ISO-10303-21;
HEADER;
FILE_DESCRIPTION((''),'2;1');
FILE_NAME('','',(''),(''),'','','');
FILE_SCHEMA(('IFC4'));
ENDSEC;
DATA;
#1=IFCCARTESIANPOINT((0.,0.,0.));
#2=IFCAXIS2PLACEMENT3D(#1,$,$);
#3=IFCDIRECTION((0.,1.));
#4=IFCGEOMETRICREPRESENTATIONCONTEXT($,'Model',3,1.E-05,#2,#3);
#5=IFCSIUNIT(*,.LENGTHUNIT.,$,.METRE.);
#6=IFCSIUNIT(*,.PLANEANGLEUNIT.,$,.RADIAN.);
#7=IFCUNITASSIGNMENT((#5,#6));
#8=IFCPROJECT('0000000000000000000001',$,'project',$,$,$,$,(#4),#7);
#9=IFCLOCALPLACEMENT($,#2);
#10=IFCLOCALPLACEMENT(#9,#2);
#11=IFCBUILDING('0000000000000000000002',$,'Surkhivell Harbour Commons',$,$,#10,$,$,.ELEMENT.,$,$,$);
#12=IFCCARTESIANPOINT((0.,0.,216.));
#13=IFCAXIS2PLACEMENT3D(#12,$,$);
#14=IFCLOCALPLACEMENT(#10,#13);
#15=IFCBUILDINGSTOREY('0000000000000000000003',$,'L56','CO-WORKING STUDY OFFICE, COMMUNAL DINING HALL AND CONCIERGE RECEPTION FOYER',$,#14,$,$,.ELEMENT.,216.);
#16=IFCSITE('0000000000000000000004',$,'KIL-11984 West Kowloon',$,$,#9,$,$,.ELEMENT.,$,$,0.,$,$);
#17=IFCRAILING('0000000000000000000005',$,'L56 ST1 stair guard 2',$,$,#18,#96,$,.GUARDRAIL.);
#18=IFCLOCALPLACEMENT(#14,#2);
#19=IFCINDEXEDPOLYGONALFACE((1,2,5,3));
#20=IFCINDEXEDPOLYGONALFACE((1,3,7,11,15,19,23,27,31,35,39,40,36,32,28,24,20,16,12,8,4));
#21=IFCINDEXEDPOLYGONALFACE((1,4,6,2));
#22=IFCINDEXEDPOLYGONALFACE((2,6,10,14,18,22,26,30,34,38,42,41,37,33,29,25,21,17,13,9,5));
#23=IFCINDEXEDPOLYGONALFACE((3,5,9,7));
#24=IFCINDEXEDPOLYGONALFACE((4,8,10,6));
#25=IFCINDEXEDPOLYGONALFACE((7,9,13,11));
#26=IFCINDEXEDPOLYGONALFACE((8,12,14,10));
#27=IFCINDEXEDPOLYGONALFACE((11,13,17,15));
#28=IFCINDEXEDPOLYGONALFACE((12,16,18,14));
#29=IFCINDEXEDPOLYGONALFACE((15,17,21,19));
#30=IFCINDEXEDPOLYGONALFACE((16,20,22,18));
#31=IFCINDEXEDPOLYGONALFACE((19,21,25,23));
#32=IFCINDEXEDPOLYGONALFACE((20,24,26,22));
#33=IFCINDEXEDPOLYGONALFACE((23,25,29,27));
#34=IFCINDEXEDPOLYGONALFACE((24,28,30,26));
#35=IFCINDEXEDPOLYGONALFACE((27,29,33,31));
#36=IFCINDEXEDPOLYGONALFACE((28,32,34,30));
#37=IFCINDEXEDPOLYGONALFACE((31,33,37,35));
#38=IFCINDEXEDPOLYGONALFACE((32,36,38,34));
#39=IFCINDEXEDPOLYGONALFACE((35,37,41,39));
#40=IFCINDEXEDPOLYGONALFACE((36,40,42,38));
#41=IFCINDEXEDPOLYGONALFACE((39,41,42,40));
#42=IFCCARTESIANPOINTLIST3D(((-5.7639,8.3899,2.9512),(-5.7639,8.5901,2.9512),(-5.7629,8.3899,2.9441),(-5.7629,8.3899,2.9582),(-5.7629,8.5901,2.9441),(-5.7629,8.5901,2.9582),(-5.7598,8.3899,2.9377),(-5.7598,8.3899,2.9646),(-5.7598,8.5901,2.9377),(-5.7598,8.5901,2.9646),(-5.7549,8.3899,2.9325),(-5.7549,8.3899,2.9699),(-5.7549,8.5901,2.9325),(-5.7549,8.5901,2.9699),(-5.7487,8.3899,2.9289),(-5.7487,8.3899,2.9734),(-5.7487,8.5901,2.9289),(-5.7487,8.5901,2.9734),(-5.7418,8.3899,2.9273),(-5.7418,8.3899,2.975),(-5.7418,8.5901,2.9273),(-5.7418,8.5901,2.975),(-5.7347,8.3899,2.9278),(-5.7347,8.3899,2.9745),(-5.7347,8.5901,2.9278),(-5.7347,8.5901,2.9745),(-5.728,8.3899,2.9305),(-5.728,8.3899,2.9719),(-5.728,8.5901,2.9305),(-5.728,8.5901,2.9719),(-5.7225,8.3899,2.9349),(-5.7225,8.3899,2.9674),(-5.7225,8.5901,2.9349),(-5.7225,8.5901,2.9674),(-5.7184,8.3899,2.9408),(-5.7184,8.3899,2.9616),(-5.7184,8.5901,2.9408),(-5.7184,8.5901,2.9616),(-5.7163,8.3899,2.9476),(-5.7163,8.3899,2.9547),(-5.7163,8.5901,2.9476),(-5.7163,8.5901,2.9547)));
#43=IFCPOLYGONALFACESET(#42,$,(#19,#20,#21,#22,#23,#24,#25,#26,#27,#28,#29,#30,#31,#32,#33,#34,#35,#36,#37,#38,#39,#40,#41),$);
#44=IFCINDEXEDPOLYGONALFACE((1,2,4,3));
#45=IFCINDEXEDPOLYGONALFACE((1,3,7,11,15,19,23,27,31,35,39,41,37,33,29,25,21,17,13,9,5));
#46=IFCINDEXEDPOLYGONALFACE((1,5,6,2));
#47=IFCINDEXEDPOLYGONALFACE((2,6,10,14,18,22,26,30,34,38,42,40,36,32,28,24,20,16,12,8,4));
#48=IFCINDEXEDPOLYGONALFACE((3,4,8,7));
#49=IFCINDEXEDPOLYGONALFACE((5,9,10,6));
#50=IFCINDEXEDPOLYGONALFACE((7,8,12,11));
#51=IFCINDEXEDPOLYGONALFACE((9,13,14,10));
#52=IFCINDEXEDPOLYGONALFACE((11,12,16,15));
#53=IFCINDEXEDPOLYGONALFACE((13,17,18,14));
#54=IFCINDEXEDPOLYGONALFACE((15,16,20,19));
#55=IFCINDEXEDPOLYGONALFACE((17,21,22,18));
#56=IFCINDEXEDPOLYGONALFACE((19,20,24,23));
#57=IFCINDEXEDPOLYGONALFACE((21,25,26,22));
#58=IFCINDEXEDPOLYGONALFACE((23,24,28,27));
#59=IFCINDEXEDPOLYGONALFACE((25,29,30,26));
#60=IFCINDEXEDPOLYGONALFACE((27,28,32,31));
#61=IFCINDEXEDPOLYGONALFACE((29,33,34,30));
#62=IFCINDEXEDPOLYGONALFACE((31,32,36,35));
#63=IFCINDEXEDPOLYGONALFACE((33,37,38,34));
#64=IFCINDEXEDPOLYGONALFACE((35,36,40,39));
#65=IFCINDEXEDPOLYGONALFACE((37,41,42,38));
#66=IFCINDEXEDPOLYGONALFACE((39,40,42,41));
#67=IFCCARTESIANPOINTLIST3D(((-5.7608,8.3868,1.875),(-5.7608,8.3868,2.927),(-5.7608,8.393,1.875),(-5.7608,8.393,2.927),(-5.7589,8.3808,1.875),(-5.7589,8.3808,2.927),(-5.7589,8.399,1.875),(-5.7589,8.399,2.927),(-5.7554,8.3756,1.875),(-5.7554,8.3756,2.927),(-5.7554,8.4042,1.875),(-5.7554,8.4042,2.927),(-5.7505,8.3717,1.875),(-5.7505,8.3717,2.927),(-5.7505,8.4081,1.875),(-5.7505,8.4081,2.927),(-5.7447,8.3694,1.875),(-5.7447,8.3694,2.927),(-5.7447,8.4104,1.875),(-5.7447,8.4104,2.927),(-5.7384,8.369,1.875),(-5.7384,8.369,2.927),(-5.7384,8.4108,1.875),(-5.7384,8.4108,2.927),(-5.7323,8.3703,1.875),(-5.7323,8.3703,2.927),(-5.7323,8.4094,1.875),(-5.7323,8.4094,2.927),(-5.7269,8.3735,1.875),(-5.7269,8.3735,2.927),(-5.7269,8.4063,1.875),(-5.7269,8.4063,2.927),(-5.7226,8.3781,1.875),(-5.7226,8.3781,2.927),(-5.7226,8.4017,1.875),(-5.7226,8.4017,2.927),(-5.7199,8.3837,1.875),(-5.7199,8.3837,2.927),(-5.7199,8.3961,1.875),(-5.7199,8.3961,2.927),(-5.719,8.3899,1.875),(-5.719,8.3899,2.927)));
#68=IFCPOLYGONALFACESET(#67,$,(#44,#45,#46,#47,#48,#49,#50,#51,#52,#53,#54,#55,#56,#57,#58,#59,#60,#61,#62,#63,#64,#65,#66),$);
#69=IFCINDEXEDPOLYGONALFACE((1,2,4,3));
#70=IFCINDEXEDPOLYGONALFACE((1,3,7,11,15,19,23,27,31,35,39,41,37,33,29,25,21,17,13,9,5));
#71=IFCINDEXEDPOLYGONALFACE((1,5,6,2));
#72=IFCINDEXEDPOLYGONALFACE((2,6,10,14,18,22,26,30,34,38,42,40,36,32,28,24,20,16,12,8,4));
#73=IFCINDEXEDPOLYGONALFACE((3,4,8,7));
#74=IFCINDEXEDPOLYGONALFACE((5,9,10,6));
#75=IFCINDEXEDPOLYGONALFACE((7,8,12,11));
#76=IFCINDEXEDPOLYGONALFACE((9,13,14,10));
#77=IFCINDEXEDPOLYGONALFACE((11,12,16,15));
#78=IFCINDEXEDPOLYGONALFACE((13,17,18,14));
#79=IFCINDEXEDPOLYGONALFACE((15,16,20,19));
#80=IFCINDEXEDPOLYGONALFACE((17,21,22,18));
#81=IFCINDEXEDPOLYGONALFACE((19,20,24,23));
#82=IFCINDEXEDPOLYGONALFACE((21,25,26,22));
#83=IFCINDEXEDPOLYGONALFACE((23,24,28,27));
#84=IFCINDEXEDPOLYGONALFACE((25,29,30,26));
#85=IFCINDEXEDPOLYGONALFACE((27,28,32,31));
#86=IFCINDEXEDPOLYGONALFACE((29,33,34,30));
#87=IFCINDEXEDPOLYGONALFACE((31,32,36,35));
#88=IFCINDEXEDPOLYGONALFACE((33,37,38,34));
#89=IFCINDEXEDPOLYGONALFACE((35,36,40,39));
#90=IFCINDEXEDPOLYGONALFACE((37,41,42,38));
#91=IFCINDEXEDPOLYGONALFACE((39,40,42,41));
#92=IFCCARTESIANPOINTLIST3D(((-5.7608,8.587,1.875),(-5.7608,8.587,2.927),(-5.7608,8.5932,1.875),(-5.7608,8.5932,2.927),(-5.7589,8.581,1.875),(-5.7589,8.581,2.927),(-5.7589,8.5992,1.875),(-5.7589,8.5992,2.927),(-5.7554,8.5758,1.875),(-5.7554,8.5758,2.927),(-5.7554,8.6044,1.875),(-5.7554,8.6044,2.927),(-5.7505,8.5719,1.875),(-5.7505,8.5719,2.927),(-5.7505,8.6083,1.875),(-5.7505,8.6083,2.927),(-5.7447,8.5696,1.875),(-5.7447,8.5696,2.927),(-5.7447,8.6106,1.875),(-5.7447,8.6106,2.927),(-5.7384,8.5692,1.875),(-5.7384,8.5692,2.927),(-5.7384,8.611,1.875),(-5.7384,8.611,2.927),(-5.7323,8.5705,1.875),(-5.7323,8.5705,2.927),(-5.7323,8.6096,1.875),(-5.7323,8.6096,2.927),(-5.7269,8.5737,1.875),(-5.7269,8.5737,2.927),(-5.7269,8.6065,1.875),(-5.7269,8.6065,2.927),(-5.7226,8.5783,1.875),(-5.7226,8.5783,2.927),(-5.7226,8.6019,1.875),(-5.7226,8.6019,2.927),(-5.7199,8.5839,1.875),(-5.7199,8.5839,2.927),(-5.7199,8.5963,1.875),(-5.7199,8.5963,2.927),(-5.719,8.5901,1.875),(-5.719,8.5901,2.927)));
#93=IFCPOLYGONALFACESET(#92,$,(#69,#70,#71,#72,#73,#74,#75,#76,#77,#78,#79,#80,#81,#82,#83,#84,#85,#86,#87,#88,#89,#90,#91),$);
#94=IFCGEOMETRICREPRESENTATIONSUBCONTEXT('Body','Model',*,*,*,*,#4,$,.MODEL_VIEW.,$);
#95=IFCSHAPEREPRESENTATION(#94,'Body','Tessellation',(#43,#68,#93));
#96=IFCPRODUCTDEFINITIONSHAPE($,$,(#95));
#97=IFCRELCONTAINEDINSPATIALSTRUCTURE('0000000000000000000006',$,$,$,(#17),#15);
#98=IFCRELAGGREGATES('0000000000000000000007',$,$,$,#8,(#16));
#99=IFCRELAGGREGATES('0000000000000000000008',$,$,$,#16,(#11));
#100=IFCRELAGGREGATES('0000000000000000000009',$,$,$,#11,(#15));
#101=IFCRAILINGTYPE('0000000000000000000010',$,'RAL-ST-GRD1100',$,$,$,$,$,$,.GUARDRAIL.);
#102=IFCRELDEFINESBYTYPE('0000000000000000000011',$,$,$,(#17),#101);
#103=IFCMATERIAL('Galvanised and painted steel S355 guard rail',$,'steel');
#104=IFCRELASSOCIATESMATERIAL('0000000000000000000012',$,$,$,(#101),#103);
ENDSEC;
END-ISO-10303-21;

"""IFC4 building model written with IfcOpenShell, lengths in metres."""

from ifc_helpers import new_model, si_unit, direction, frame, origin, origin_2d, place, context, subcontext, project, spatial, circle, extrude, material, type_object, element, save


model = new_model("IFC4")

# Units and contexts
model_context = context("Model", 3, precision=1e-05, world=origin(), true_north=direction((0.0, 1.0)))
body_context = subcontext(model_context, "Body", "Model", "MODEL_VIEW")
ifc_project = project(units=[si_unit("LENGTHUNIT", "METRE"), si_unit("PLANEANGLEUNIT", "RADIAN")], contexts=[model_context])

# Site, building, storey
site_placement = place(None, origin())
site = spatial("IfcSite", under=ifc_project, at=site_placement, Name="KIL-11984 West Kowloon", CompositionType="ELEMENT", RefElevation=0.0)
building_placement = place(site_placement, origin())
building = spatial("IfcBuilding", under=site, at=building_placement, Name="Surkhivell Harbour Commons", CompositionType="ELEMENT")
storey_placement = place(building_placement, frame((0.0, 0.0, 216.0)))
storey = spatial("IfcBuildingStorey", under=building, at=storey_placement, Name="L56", Description="CO-WORKING STUDY OFFICE, COMMUNAL DINING HALL AND CONCIERGE RECEPTION FOYER", CompositionType="ELEMENT", Elevation=216.0)

# Railing
ifc_material_1 = material(Name="Galvanised and painted steel S355 guard rail", Category="steel")
railing_type_1 = type_object("IfcRailingType", Name="RAL-ST-GRD1100", PredefinedType="GUARDRAIL", material=ifc_material_1)
railing_1_placement = place(storey_placement, frame((-5.74, 8.3899, 1.875)))
element("IfcRailing", 1, at=railing_1_placement, inside=storey, type_object=railing_type_1, Name="L56 ST1 stair guard 2", PredefinedType="GUARDRAIL", context=body_context, shape_type="SweptSolid", body=[
    extrude(circle(Radius=0.0239, at=origin_2d()), frame((0.0, 0.0, 1.0762), z_axis=(0.0, 1.0, 0.0), x_axis=(-1.0, 0.0, 0.0)), (0.0, 0.0, 1.0), 0.2002),
    extrude(circle(Radius=0.021, at=origin_2d()), origin(), (0.0, 0.0, 1.0), 1.052),
    extrude(circle(Radius=0.021, at=origin_2d()), frame((0.0, 0.2002, 0.0)), (0.0, 0.0, 1.0), 1.052),
])

save(model, "model.ifc")
